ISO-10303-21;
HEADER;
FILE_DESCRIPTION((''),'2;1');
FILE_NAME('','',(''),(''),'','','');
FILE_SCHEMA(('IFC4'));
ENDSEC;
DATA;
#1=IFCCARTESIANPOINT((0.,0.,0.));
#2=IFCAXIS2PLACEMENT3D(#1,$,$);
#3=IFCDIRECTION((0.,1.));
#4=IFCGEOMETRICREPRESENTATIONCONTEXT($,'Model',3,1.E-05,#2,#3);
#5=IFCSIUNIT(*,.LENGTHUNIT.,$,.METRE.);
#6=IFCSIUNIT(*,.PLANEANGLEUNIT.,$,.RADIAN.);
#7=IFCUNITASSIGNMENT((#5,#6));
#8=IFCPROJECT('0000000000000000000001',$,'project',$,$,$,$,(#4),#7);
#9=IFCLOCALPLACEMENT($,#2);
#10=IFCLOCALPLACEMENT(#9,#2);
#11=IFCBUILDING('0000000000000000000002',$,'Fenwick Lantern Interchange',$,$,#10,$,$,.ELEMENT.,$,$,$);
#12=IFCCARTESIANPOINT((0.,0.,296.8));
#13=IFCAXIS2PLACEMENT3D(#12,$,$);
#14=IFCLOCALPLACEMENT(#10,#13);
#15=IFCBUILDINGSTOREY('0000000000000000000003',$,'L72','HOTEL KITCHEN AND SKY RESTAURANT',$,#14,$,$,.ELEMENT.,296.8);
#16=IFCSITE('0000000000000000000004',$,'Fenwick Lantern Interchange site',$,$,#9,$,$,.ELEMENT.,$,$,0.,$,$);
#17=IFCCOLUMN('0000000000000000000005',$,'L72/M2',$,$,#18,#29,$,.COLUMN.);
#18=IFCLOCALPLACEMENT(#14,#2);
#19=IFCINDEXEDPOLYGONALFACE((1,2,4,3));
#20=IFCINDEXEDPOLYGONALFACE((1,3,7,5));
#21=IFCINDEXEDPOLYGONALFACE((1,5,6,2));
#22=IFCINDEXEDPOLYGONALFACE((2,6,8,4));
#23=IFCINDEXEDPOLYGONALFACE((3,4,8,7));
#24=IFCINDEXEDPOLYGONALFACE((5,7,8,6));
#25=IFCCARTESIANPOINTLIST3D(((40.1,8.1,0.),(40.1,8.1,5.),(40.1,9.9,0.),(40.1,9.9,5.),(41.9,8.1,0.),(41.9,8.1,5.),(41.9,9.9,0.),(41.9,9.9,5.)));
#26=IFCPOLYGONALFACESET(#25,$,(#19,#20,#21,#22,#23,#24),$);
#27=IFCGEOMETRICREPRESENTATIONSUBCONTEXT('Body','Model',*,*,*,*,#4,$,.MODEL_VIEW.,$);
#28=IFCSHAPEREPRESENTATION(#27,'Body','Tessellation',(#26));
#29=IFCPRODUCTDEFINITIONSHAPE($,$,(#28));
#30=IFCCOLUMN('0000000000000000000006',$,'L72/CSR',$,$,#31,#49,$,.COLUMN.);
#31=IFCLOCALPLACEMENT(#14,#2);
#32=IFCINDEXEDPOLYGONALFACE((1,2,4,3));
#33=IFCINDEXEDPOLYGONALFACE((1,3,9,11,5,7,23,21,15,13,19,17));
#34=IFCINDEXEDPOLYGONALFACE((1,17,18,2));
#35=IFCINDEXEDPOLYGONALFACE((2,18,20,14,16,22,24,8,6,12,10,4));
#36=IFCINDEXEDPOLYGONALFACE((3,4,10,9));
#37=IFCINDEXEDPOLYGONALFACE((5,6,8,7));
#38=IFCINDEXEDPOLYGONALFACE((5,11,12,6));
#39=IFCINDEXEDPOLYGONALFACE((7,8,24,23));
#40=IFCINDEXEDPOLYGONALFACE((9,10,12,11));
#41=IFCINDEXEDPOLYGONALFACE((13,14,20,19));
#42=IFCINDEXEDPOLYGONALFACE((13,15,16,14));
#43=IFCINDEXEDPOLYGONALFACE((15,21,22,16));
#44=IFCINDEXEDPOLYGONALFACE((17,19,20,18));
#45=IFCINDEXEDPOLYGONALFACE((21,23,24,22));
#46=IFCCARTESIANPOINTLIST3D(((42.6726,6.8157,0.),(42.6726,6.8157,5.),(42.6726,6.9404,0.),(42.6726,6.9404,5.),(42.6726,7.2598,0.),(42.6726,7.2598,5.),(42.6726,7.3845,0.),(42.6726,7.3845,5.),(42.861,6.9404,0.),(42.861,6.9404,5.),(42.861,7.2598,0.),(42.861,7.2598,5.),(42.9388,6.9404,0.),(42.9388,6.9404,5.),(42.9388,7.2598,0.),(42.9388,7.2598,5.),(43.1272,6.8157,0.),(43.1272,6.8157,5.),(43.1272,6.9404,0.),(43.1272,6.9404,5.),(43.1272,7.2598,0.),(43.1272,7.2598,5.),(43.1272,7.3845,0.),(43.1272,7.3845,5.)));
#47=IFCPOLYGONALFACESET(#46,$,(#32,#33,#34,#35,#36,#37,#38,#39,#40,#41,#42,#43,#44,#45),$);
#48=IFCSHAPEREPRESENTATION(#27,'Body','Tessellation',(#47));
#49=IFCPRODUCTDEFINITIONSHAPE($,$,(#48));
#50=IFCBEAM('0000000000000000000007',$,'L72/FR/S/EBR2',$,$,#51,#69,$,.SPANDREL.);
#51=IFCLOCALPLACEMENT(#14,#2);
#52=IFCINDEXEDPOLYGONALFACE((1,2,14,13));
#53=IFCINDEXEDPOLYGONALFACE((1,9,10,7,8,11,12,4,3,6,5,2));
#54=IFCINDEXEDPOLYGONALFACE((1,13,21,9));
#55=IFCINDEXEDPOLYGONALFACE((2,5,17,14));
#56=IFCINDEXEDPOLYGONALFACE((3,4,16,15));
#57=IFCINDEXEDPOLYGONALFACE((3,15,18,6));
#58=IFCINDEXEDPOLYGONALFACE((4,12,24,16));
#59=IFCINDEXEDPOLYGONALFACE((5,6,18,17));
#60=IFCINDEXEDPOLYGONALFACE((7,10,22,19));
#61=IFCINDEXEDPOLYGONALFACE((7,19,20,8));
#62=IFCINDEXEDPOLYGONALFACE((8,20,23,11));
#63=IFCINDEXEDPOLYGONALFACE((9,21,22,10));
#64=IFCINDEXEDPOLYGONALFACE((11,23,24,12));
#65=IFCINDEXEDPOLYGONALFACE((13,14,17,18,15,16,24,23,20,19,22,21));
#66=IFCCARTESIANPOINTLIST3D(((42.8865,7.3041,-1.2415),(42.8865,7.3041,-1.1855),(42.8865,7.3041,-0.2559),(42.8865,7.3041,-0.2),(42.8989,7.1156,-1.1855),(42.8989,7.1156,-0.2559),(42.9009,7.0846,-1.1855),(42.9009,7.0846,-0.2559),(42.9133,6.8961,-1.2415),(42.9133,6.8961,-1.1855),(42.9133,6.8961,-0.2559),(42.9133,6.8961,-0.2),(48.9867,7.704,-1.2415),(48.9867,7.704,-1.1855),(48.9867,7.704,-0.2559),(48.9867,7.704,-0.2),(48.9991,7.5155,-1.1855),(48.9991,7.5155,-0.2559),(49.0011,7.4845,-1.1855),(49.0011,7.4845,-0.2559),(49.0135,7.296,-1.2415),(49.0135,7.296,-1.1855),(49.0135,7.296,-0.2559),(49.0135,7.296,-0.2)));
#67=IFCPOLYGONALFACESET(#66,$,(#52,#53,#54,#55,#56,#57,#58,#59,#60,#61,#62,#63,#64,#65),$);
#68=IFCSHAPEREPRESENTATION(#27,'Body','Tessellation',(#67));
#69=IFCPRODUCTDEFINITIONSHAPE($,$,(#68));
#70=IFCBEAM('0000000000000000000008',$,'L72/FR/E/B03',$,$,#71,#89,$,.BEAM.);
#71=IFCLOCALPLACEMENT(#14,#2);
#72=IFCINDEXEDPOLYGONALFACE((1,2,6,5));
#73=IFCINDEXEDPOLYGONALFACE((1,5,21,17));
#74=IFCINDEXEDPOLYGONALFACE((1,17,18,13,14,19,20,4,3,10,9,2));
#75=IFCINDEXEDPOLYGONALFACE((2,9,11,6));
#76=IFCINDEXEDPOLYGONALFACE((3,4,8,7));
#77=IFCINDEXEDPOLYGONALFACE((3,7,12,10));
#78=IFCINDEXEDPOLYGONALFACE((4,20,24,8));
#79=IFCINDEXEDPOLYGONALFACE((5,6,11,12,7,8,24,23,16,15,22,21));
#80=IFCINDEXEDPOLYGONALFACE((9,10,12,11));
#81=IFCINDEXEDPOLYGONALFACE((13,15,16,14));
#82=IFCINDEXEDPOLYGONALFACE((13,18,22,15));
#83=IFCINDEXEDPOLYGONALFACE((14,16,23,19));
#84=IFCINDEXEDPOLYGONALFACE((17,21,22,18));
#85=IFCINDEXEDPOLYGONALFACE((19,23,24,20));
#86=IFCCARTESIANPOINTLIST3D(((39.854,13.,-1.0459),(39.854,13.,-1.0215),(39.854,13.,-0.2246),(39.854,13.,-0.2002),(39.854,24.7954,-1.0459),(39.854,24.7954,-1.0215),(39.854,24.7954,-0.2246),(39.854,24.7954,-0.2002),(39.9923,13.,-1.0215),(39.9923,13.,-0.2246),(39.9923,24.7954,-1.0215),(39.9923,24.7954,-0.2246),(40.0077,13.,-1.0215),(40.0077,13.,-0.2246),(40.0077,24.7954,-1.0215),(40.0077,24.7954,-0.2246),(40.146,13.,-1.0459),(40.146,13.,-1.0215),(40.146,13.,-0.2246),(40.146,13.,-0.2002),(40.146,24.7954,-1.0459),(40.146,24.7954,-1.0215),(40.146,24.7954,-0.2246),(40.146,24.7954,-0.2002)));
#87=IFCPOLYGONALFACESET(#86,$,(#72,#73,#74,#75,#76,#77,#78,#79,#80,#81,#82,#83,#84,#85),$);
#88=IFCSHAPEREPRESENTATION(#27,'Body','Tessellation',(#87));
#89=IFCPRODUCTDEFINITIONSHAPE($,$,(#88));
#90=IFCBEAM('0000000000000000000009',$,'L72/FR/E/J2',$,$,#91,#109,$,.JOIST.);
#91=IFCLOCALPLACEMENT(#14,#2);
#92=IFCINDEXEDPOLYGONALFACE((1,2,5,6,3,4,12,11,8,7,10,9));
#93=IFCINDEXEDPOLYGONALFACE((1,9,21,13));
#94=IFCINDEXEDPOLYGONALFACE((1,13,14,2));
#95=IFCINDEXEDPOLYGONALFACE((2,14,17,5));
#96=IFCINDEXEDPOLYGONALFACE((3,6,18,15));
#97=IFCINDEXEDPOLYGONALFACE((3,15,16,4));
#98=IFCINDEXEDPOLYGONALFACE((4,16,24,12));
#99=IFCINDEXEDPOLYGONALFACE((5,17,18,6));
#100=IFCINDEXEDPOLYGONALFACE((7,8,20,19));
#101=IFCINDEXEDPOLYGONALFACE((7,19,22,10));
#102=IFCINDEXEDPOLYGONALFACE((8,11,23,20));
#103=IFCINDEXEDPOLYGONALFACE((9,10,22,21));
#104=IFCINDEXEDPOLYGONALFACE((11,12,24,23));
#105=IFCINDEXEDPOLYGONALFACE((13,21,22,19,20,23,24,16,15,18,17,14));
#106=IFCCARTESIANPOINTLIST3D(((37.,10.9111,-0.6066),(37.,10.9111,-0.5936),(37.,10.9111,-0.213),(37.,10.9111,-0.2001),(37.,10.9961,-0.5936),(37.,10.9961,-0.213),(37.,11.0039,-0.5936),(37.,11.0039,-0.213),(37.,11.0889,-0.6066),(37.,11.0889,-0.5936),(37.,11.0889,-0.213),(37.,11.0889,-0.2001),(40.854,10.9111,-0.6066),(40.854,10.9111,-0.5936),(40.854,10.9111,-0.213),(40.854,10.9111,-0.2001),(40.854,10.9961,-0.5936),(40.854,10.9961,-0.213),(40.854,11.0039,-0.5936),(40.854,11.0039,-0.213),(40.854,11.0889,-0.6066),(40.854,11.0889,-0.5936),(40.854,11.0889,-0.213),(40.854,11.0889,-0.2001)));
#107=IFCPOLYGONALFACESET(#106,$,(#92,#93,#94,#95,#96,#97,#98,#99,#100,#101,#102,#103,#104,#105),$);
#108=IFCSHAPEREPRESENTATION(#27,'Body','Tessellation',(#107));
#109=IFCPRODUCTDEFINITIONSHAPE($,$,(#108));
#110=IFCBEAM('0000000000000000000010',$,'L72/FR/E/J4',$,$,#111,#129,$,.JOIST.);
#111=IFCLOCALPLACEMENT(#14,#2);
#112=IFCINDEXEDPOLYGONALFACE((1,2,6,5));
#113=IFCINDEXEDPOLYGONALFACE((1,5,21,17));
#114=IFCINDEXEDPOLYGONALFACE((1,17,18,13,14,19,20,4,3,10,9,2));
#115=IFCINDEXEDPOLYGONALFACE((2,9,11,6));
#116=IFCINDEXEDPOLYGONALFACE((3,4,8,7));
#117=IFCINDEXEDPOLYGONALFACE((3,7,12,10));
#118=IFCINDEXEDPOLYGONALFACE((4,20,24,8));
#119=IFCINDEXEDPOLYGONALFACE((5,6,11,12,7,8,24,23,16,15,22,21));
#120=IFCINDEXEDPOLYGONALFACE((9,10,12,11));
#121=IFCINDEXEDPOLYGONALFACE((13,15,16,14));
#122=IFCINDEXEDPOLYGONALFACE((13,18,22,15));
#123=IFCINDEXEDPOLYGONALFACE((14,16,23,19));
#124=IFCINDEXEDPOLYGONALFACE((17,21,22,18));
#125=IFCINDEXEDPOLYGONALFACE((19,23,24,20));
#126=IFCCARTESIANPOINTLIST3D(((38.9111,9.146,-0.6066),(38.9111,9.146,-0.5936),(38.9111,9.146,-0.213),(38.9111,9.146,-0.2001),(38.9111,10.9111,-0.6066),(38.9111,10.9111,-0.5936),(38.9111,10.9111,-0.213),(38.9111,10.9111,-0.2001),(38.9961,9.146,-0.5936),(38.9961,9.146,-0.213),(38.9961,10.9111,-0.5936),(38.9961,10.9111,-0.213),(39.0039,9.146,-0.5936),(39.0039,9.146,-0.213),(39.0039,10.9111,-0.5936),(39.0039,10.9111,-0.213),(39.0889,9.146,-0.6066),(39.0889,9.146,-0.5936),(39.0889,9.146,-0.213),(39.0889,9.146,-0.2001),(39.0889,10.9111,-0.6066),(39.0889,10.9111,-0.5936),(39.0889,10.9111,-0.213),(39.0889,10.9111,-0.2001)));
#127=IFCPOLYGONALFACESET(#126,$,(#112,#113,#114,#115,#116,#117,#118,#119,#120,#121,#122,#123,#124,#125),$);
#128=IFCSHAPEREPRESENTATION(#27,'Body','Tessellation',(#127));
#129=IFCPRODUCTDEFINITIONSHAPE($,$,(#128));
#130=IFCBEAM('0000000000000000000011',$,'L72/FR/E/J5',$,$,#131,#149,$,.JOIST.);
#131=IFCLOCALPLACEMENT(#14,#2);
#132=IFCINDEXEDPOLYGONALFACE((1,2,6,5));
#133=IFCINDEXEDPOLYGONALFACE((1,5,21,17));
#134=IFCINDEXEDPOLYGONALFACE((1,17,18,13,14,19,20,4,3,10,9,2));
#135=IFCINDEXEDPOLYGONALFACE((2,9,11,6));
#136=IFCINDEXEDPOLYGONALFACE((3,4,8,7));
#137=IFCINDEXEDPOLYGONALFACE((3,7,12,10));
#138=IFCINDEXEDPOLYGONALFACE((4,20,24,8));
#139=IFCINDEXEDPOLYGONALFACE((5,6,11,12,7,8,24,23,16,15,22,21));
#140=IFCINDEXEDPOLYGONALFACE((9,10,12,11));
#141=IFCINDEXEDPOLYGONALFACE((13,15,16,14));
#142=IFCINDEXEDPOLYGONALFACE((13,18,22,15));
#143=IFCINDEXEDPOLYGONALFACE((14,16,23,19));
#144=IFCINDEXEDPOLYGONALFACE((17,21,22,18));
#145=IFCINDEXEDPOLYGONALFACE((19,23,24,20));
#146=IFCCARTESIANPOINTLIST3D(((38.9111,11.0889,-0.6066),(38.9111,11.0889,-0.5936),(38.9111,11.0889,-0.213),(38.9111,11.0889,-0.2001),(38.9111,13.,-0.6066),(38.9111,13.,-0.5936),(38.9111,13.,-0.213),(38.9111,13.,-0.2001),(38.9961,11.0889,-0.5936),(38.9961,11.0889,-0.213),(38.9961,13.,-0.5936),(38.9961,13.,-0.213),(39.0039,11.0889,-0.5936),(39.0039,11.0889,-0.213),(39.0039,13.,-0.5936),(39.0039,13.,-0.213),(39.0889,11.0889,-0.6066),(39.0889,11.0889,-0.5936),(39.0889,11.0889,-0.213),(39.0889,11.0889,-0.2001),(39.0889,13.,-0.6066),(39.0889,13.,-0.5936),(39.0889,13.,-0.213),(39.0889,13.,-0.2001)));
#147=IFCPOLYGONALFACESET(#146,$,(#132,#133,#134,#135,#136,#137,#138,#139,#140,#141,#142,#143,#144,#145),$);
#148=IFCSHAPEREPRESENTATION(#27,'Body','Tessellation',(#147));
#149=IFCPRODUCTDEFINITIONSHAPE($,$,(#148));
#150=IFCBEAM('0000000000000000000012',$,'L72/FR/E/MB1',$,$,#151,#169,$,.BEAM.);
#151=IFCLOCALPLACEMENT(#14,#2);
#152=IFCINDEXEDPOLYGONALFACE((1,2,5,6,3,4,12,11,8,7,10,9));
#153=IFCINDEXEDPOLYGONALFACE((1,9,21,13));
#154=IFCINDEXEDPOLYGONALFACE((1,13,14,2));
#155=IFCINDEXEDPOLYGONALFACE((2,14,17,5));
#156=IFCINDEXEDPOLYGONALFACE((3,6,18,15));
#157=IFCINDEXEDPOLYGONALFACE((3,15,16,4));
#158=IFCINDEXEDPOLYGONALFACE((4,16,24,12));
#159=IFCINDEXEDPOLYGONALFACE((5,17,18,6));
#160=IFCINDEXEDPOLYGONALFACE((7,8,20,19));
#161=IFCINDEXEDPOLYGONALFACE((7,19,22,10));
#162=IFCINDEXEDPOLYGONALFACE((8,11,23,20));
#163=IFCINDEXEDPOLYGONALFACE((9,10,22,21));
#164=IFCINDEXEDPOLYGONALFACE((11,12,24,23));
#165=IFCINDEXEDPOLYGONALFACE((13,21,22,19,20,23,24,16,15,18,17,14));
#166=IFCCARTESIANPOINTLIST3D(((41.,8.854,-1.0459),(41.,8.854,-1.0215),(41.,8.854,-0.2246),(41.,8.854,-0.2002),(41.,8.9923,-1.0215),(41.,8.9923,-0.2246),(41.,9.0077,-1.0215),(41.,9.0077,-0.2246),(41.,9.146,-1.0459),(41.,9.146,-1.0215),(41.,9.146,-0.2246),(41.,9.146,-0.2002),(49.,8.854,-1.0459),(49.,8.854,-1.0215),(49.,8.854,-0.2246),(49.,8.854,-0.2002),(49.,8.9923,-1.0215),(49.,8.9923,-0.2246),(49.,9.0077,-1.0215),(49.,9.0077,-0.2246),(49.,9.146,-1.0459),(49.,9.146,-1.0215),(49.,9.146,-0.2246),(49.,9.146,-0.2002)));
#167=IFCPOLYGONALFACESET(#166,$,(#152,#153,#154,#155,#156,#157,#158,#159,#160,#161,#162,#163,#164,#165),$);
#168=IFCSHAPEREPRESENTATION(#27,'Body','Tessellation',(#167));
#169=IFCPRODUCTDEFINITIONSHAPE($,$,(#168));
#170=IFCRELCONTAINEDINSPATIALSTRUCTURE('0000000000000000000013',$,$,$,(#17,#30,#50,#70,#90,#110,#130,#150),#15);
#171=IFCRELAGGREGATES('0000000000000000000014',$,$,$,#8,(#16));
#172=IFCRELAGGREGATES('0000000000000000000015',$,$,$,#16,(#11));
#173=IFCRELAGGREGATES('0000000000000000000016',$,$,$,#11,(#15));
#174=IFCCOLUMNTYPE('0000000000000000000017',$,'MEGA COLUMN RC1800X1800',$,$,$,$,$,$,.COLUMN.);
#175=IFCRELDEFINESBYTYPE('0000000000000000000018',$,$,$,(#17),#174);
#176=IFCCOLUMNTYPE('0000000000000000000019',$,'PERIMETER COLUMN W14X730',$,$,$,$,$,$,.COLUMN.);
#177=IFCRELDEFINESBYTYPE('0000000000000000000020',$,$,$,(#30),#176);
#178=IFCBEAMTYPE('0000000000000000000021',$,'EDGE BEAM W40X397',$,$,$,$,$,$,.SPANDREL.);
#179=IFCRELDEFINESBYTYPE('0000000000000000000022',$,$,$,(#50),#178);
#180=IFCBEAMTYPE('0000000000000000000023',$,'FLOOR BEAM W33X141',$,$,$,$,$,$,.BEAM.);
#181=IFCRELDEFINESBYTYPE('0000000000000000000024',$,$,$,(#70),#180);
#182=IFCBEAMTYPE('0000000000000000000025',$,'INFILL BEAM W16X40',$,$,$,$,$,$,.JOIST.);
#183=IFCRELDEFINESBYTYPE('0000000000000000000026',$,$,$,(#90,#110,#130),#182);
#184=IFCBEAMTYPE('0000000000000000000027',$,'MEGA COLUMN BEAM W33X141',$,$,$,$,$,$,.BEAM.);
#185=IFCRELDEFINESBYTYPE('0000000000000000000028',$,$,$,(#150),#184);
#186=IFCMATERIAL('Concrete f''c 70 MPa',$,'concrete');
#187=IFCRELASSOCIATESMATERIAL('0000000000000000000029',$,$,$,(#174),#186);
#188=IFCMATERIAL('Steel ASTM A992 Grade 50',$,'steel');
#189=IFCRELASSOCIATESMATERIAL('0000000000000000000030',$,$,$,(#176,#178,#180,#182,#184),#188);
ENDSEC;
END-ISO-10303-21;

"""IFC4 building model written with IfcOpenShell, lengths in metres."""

from ifc_helpers import new_model, si_unit, direction, frame, origin, origin_2d, place, context, subcontext, project, spatial, rectangle, i_section, extrude, material, material_profile, profile_set, type_object, element, save


model = new_model("IFC4")

# Units and contexts
model_context = context("Model", 3, precision=1e-05, world=origin(), true_north=direction((0.0, 1.0)))
body_context = subcontext(model_context, "Body", "Model", "MODEL_VIEW")
ifc_project = project(units=[si_unit("LENGTHUNIT", "METRE"), si_unit("PLANEANGLEUNIT", "RADIAN")], contexts=[model_context])

# Site, building, storey
site_placement = place(None, origin())
site = spatial("IfcSite", under=ifc_project, at=site_placement, Name="Fenwick Lantern Interchange site", CompositionType="ELEMENT", RefElevation=0.0)
building_placement = place(site_placement, origin())
building = spatial("IfcBuilding", under=site, at=building_placement, Name="Fenwick Lantern Interchange", CompositionType="ELEMENT")
storey_placement = place(building_placement, frame((0.0, 0.0, 296.8)))
storey = spatial("IfcBuildingStorey", under=building, at=storey_placement, Name="L72", Description="HOTEL KITCHEN AND SKY RESTAURANT", CompositionType="ELEMENT", Elevation=296.8)

# Columns
ifc_material_1 = material(Name="Concrete f'c 70 MPa", Category="concrete")
ifc_material_profile_1 = material_profile(ifc_material_1, rectangle(XDim=1.8, YDim=1.8, at=origin_2d()), Name="RC1800X1800")
ifc_profile_set_1 = profile_set([ifc_material_profile_1], Name="Concrete f'c 70 MPa")
column_type_1 = type_object("IfcColumnType", Name="MEGA COLUMN RC1800X1800", PredefinedType="COLUMN", material=ifc_profile_set_1)
column_1_placement = place(storey_placement, frame((41.0, 9.0, 0.0), z_axis=(0.0, 0.0, 1.0), x_axis=(1.0, 0.0, 0.0)))
element("IfcColumn", 1, at=column_1_placement, inside=storey, type_object=column_type_1, Name="L72/M2", PredefinedType="COLUMN", context=body_context, shape_type="SweptSolid", body=[
    extrude(rectangle(XDim=1.8, YDim=1.8, at=origin_2d()), origin(), (0.0, 0.0, 1.0), 5.0),
])
ifc_material_2 = material(Name="Steel ASTM A992 Grade 50", Category="steel")
ifc_material_profile_2 = material_profile(ifc_material_2, i_section(OverallWidth=0.4546, OverallDepth=0.5688, WebThickness=0.0779, FlangeThickness=0.1248, at=origin_2d()), Name="W14X730")
ifc_profile_set_2 = profile_set([ifc_material_profile_2], Name="Steel ASTM A992 Grade 50")
column_type_2 = type_object("IfcColumnType", Name="PERIMETER COLUMN W14X730", PredefinedType="COLUMN", material=ifc_profile_set_2)
column_2_placement = place(storey_placement, frame((42.8999, 7.1001, 0.0), z_axis=(0.0, 0.0, 1.0), x_axis=(1.0, 0.0, 0.0)))
element("IfcColumn", 2, at=column_2_placement, inside=storey, type_object=column_type_2, Name="L72/CSR", PredefinedType="COLUMN", context=body_context, shape_type="SweptSolid", body=[
    extrude(i_section(OverallWidth=0.4546, OverallDepth=0.5688, WebThickness=0.0779, FlangeThickness=0.1248, at=origin_2d()), origin(), (0.0, 0.0, 1.0), 5.0),
])

# Beams
ifc_material_profile_3 = material_profile(ifc_material_2, i_section(OverallWidth=0.4089, OverallDepth=1.0415, WebThickness=0.031, FlangeThickness=0.0559, at=origin_2d()), Name="W40X397")
ifc_profile_set_3 = profile_set([ifc_material_profile_3], Name="Steel ASTM A992 Grade 50")
beam_type_1 = type_object("IfcBeamType", Name="EDGE BEAM W40X397", PredefinedType="SPANDREL", material=ifc_profile_set_3)
beam_1_placement = place(storey_placement, frame((42.8999, 7.1001, -0.7207), z_axis=(0.997858, 0.065416, 0.0), x_axis=(-0.065416, 0.997858, 0.0)))
element("IfcBeam", 3, at=beam_1_placement, inside=storey, type_object=beam_type_1, Name="L72/FR/S/EBR2", PredefinedType="SPANDREL", context=body_context, shape_type="SweptSolid", body=[
    extrude(i_section(OverallWidth=0.4089, OverallDepth=1.0415, WebThickness=0.031, FlangeThickness=0.0559, at=origin_2d()), origin(), (0.0, 0.0, 1.0), 6.1133),
])
ifc_material_profile_4 = material_profile(ifc_material_2, i_section(OverallWidth=0.292, OverallDepth=0.8457, WebThickness=0.0154, FlangeThickness=0.0244, at=origin_2d()), Name="W33X141")
ifc_profile_set_4 = profile_set([ifc_material_profile_4], Name="Steel ASTM A992 Grade 50")
beam_type_2 = type_object("IfcBeamType", Name="FLOOR BEAM W33X141", PredefinedType="BEAM", material=ifc_profile_set_4)
beam_2_placement = place(storey_placement, frame((40.0, 13.0, -0.623), z_axis=(0.0, 1.0, 0.0), x_axis=(-1.0, 0.0, 0.0)))
element("IfcBeam", 4, at=beam_2_placement, inside=storey, type_object=beam_type_2, Name="L72/FR/E/B03", PredefinedType="BEAM", context=body_context, shape_type="SweptSolid", body=[
    extrude(i_section(OverallWidth=0.292, OverallDepth=0.8457, WebThickness=0.0154, FlangeThickness=0.0244, at=origin_2d()), origin(), (0.0, 0.0, 1.0), 11.7954),
])
ifc_material_profile_5 = material_profile(ifc_material_2, i_section(OverallWidth=0.1777, OverallDepth=0.4065, WebThickness=0.0078, FlangeThickness=0.0129, at=origin_2d()), Name="W16X40")
ifc_profile_set_5 = profile_set([ifc_material_profile_5], Name="Steel ASTM A992 Grade 50")
beam_type_3 = type_object("IfcBeamType", Name="INFILL BEAM W16X40", PredefinedType="JOIST", material=ifc_profile_set_5)
beam_3_placement = place(storey_placement, frame((40.854, 11.0, -0.4033), z_axis=(-1.0, 0.0, 0.0), x_axis=(0.0, -1.0, 0.0)))
element("IfcBeam", 5, at=beam_3_placement, inside=storey, type_object=beam_type_3, Name="L72/FR/E/J2", PredefinedType="JOIST", context=body_context, shape_type="SweptSolid", body=[
    extrude(i_section(OverallWidth=0.1777, OverallDepth=0.4065, WebThickness=0.0078, FlangeThickness=0.0129, at=origin_2d()), origin(), (0.0, 0.0, 1.0), 3.854),
])
beam_4_placement = place(storey_placement, frame((39.0, 9.146, -0.4033), z_axis=(0.0, 1.0, 0.0), x_axis=(-1.0, 0.0, 0.0)))
element("IfcBeam", 6, at=beam_4_placement, inside=storey, type_object=beam_type_3, Name="L72/FR/E/J4", PredefinedType="JOIST", context=body_context, shape_type="SweptSolid", body=[
    extrude(i_section(OverallWidth=0.1777, OverallDepth=0.4065, WebThickness=0.0078, FlangeThickness=0.0129, at=origin_2d()), origin(), (0.0, 0.0, 1.0), 1.7651),
])
beam_5_placement = place(storey_placement, frame((39.0, 11.0889, -0.4033), z_axis=(0.0, 1.0, 0.0), x_axis=(-1.0, 0.0, 0.0)))
element("IfcBeam", 7, at=beam_5_placement, inside=storey, type_object=beam_type_3, Name="L72/FR/E/J5", PredefinedType="JOIST", context=body_context, shape_type="SweptSolid", body=[
    extrude(i_section(OverallWidth=0.1777, OverallDepth=0.4065, WebThickness=0.0078, FlangeThickness=0.0129, at=origin_2d()), origin(), (0.0, 0.0, 1.0), 1.9111),
])
ifc_material_profile_6 = material_profile(ifc_material_2, i_section(OverallWidth=0.292, OverallDepth=0.8457, WebThickness=0.0154, FlangeThickness=0.0244, at=origin_2d()), Name="W33X141")
ifc_profile_set_6 = profile_set([ifc_material_profile_6], Name="Steel ASTM A992 Grade 50")
beam_type_4 = type_object("IfcBeamType", Name="MEGA COLUMN BEAM W33X141", PredefinedType="BEAM", material=ifc_profile_set_6)
for number, where, z_axis, x_axis, name in (
    (8, (41.0, 9.0, -0.623), (1.0, 0.0, 0.0), (0.0, 1.0, 0.0), "L72/FR/E/MB1"),
):
    element("IfcBeam", number, at=place(storey_placement, frame(where, z_axis=z_axis, x_axis=x_axis)), inside=storey, type_object=beam_type_4, Name=name, PredefinedType="BEAM", context=body_context, shape_type="SweptSolid", body=[
        extrude(i_section(OverallWidth=0.292, OverallDepth=0.8457, WebThickness=0.0154, FlangeThickness=0.0244, at=origin_2d()), origin(), (0.0, 0.0, 1.0), 8.0),
    ])

save(model, "model.ifc")
